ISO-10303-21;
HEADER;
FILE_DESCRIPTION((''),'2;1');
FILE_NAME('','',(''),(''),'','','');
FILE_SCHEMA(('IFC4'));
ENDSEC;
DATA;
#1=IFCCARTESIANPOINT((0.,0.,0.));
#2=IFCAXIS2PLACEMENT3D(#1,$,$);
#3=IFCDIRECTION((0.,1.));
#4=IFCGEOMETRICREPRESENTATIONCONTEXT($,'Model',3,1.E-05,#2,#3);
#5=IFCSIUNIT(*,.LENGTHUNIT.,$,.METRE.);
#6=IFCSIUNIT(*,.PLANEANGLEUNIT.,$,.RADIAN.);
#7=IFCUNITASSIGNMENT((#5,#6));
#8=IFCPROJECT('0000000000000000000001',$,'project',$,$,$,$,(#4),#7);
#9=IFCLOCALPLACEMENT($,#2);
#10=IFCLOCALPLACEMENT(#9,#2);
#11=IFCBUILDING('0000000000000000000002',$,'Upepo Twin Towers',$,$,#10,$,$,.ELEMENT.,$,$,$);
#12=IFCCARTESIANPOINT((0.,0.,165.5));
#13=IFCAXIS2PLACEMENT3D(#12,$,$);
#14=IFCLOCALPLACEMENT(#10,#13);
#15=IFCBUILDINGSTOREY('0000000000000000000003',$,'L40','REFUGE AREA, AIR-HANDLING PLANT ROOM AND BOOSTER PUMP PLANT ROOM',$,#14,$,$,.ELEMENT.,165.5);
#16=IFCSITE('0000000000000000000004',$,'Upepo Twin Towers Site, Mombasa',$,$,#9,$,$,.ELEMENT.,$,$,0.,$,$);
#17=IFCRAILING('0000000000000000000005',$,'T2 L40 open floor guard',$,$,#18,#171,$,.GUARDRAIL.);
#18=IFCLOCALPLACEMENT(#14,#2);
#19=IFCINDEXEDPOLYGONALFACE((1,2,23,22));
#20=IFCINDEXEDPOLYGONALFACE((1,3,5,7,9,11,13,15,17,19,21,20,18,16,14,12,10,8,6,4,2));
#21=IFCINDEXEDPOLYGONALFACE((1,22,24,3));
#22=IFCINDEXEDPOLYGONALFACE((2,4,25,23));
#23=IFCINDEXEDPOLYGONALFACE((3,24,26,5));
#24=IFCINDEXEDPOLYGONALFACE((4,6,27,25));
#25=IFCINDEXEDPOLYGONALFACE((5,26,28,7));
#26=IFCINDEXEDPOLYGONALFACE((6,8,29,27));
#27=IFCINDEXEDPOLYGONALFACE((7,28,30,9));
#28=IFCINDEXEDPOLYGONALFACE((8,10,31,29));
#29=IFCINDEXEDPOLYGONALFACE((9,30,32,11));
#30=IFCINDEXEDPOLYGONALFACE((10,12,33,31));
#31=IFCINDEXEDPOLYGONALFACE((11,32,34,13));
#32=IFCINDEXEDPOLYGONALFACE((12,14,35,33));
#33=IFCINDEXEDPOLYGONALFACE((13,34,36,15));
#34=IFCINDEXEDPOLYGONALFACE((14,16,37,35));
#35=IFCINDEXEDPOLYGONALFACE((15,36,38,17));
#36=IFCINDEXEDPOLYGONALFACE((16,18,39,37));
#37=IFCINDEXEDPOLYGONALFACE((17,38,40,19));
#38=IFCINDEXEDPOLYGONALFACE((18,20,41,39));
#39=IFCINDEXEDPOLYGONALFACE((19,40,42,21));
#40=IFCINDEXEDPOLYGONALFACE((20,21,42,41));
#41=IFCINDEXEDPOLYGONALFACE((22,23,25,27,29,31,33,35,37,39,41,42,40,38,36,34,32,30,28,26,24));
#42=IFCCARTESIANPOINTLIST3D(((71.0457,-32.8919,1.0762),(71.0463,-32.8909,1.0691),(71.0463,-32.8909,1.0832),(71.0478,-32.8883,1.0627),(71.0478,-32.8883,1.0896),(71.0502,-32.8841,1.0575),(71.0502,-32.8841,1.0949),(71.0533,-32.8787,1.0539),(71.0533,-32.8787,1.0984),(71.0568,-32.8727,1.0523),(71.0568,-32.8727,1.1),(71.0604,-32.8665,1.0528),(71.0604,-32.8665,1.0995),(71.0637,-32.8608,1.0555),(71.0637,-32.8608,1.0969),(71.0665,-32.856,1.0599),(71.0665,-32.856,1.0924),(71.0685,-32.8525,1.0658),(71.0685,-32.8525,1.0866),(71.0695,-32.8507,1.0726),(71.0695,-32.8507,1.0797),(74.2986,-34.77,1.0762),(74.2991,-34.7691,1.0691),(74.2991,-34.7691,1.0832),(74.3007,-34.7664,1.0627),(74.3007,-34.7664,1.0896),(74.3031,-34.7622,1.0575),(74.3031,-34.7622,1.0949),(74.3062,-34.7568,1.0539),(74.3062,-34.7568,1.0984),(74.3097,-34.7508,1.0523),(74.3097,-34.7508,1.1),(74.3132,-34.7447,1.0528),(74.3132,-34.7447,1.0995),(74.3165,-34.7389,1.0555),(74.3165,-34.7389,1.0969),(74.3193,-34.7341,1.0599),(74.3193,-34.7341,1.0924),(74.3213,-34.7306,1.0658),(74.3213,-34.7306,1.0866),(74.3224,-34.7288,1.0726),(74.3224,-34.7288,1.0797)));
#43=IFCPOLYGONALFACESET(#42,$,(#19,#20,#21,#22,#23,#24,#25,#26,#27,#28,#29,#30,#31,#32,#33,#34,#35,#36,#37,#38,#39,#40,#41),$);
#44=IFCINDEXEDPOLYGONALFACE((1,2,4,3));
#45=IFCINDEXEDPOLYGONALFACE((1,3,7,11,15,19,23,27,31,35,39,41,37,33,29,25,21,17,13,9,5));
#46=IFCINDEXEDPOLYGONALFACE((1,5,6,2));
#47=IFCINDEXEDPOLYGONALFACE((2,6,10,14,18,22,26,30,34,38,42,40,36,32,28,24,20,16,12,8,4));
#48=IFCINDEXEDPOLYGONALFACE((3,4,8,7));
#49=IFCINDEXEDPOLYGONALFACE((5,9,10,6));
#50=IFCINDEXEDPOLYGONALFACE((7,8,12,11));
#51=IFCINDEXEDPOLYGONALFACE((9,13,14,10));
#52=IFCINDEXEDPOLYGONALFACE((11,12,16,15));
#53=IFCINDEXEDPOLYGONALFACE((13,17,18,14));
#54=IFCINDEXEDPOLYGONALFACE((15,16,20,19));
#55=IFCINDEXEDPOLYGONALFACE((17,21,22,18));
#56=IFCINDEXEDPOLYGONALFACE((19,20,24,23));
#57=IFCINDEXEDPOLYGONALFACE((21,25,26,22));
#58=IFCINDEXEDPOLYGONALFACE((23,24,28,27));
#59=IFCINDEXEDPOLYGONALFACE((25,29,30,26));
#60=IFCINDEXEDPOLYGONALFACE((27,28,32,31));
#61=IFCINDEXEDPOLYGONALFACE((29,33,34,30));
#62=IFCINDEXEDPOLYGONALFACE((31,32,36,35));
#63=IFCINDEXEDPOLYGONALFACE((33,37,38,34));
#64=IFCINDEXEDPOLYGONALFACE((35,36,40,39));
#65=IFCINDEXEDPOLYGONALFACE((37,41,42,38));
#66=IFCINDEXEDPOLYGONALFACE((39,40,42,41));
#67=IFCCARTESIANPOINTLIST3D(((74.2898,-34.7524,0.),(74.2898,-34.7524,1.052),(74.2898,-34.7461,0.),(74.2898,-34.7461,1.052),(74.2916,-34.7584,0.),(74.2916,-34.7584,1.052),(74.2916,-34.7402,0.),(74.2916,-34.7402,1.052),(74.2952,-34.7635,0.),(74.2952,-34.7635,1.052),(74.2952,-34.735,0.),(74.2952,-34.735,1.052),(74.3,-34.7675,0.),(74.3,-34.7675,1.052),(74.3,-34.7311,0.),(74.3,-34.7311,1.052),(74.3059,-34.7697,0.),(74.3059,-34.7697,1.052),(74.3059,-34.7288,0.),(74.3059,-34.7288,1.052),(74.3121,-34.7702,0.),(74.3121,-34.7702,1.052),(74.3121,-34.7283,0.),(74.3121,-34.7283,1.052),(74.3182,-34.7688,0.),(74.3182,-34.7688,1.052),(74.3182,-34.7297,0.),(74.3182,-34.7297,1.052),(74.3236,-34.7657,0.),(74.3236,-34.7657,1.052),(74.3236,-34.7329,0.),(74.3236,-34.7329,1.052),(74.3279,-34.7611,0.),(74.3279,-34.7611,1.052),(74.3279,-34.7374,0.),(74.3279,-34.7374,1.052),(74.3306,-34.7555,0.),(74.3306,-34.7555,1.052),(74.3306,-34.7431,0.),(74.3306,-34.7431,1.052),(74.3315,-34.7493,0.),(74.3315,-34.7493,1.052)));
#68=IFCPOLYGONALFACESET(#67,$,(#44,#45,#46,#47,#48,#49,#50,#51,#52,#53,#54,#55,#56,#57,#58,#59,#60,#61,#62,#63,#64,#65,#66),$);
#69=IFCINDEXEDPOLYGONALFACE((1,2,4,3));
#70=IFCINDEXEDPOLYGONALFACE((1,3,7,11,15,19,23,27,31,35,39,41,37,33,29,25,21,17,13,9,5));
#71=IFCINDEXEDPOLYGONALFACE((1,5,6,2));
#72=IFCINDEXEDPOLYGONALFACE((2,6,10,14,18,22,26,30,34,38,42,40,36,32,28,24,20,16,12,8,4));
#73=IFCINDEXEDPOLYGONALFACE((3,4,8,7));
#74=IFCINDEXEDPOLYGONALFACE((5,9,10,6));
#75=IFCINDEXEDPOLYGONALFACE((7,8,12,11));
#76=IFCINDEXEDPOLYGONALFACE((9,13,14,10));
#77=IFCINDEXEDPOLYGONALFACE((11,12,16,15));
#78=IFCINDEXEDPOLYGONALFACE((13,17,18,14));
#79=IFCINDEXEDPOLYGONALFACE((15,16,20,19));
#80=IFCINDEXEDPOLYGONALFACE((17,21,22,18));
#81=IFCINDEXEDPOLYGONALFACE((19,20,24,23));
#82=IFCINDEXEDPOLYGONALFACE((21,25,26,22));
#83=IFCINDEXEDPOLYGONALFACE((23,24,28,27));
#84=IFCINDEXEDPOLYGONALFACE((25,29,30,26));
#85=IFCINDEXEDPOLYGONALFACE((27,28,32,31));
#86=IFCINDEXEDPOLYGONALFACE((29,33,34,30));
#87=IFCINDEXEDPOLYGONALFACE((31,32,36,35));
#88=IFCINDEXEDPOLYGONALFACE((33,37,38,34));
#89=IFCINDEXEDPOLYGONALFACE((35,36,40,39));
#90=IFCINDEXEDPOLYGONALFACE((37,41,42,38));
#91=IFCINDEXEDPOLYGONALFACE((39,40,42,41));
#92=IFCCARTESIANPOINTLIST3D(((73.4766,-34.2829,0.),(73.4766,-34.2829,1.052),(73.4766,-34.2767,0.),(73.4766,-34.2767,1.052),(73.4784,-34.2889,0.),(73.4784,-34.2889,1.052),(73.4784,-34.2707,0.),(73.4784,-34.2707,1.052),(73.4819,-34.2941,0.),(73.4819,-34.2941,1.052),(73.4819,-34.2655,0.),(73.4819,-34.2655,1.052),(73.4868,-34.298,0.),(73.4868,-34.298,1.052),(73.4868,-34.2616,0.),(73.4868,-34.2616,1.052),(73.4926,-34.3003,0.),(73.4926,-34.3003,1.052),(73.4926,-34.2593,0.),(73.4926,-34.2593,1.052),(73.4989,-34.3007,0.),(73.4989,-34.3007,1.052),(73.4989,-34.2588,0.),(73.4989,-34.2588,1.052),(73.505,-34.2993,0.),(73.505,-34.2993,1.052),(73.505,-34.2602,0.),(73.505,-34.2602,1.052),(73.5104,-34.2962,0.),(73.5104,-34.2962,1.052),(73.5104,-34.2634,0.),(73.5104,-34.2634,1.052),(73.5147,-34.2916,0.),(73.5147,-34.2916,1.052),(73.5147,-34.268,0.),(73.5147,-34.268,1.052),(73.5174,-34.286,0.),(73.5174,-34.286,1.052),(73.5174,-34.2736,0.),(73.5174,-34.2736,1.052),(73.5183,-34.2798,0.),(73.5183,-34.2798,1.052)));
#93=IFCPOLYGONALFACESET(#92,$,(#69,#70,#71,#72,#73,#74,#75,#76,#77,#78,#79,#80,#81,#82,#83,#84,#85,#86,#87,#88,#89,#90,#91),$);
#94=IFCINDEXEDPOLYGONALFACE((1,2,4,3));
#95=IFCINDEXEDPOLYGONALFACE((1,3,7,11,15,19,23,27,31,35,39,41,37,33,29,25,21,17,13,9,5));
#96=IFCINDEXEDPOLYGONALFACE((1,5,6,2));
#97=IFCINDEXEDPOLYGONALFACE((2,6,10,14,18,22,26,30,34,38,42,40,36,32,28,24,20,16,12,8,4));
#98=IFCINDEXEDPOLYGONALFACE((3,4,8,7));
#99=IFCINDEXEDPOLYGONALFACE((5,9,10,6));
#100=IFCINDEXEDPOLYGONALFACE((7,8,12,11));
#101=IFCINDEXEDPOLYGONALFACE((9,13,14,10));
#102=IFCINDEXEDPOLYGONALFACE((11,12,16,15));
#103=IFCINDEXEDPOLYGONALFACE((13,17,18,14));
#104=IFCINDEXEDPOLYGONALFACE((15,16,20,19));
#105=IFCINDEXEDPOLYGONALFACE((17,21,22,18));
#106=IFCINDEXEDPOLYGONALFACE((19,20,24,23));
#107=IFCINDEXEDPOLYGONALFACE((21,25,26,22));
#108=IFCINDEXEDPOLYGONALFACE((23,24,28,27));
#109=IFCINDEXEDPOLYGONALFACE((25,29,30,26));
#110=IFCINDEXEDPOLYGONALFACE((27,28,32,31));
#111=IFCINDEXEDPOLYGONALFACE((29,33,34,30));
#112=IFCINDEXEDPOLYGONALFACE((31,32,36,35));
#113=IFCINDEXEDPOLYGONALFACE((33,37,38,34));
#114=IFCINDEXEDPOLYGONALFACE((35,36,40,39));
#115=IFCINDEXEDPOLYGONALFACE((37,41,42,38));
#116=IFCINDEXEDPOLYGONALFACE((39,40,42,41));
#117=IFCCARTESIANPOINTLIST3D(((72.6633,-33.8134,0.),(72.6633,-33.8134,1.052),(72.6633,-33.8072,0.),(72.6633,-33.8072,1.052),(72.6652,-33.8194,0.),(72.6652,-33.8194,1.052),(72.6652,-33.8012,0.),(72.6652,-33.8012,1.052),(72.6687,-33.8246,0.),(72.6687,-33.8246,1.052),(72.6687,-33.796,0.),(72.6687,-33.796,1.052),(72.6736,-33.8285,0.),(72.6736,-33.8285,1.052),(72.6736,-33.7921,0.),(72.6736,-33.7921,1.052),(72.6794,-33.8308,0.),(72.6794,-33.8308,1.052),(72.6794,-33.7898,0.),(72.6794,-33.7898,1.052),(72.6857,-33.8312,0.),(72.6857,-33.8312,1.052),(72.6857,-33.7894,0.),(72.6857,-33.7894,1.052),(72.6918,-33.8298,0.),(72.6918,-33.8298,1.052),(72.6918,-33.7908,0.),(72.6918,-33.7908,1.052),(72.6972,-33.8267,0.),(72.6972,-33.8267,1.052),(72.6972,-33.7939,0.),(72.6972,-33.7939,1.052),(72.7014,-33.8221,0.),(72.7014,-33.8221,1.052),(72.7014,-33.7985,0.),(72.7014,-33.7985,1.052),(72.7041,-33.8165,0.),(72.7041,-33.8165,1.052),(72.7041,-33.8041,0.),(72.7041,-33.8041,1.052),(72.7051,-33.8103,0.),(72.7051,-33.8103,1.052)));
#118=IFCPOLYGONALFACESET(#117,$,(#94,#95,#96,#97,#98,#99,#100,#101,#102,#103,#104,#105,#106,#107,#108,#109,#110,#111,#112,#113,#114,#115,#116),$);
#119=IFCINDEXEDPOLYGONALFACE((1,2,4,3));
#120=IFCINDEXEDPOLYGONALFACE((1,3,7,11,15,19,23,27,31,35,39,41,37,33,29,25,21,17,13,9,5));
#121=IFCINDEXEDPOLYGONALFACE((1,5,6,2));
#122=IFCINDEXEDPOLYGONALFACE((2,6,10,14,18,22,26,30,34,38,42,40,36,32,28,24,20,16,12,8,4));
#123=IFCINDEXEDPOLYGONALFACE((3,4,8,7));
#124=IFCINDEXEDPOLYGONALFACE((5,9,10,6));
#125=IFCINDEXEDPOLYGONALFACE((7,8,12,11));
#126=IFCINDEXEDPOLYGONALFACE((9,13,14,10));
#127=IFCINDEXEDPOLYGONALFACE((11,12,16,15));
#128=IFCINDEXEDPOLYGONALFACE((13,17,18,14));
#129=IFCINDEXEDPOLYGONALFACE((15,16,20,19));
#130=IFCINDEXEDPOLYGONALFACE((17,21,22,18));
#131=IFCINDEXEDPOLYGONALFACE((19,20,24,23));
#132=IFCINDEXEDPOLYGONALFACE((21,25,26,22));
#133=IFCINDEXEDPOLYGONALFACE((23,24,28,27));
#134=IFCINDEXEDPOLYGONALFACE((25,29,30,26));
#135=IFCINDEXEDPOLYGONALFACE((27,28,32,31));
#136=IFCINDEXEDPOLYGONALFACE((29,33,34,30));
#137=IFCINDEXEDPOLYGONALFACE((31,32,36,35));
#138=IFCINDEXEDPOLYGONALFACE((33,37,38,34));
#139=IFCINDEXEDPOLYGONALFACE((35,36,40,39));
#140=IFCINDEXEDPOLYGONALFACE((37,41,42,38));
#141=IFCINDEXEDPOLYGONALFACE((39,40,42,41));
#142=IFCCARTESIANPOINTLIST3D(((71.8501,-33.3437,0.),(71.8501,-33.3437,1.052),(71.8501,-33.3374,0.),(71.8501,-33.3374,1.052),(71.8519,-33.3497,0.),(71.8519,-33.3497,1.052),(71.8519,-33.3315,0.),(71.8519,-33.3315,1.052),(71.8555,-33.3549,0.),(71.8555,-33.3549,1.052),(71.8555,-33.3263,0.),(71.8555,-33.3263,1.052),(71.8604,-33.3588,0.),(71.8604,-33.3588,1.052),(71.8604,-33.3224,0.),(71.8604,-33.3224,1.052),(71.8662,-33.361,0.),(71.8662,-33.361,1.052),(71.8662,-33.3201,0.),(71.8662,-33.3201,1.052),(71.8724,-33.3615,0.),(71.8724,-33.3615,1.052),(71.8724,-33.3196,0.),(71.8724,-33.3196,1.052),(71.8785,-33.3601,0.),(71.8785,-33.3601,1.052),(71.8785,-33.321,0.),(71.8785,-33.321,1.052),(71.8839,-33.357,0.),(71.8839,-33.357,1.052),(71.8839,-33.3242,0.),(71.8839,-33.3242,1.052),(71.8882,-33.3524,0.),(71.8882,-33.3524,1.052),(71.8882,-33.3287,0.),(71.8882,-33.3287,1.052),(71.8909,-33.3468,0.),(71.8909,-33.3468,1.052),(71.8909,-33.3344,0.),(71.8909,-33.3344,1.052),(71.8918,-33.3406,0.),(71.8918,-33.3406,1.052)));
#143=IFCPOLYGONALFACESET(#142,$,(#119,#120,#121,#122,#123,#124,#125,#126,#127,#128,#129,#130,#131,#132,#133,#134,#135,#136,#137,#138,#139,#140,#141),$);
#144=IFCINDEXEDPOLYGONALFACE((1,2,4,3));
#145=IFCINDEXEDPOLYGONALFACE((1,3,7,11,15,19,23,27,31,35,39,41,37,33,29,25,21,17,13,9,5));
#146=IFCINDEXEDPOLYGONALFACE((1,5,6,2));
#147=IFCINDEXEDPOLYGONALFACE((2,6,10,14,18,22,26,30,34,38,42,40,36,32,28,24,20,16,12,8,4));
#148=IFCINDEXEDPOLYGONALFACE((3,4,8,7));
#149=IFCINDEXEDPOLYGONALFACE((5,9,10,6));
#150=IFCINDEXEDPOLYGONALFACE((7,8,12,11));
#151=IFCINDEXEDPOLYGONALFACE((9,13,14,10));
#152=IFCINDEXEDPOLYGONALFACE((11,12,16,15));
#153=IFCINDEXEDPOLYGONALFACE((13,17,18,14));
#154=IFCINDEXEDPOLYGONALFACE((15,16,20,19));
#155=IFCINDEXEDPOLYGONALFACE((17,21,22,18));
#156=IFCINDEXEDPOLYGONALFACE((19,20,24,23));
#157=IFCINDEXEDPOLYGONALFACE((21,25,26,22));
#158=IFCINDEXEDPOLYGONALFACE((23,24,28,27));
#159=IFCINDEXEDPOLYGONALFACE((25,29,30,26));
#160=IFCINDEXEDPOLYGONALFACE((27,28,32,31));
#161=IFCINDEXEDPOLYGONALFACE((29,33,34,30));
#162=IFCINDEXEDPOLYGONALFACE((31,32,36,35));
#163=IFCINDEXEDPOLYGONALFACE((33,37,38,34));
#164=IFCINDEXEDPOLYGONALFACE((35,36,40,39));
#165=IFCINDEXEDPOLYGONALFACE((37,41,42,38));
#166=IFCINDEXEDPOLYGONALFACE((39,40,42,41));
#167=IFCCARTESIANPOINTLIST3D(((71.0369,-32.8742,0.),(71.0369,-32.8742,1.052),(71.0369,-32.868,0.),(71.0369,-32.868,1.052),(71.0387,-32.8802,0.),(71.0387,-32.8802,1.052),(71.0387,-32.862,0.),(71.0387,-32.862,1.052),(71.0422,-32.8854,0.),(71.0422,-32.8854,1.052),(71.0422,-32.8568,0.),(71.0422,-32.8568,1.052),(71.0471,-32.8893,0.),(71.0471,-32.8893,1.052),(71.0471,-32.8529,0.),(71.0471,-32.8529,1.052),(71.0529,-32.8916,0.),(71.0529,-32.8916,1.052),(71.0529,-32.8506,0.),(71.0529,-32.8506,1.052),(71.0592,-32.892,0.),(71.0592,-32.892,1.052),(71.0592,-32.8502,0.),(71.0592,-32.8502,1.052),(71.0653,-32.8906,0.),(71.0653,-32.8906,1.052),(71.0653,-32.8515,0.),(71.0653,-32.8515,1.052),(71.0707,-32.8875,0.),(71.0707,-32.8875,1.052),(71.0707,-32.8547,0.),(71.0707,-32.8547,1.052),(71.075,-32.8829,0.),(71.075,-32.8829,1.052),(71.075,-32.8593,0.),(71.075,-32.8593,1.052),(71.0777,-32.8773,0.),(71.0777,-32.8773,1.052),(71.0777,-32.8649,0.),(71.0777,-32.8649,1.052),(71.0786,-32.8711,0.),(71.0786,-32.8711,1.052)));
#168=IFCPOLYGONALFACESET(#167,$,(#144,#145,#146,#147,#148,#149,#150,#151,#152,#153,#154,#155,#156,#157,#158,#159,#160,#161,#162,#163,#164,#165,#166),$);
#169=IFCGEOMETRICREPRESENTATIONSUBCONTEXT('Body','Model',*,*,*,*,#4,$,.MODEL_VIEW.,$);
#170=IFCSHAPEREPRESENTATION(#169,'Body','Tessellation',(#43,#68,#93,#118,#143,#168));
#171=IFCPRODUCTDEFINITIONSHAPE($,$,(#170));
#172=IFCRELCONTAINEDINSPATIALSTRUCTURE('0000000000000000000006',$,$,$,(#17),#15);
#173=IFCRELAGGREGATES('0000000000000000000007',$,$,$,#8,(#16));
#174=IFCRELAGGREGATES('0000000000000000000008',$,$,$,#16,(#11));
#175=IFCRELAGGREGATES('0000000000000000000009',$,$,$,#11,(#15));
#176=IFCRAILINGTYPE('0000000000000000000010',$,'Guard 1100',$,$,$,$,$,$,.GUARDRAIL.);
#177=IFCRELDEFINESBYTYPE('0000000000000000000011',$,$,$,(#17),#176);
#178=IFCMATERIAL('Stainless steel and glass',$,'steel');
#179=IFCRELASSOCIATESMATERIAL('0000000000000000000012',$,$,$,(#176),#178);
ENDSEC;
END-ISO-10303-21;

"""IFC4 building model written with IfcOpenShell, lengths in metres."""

from ifc_helpers import new_model, si_unit, direction, frame, origin, origin_2d, place, context, subcontext, project, spatial, circle, extrude, material, type_object, element, save


model = new_model("IFC4")

# Units and contexts
model_context = context("Model", 3, precision=1e-05, world=origin(), true_north=direction((0.0, 1.0)))
body_context = subcontext(model_context, "Body", "Model", "MODEL_VIEW")
ifc_project = project(units=[si_unit("LENGTHUNIT", "METRE"), si_unit("PLANEANGLEUNIT", "RADIAN")], contexts=[model_context])

# Site, building, storey
site_placement = place(None, origin())
site = spatial("IfcSite", under=ifc_project, at=site_placement, Name="Upepo Twin Towers Site, Mombasa", CompositionType="ELEMENT", RefElevation=0.0)
building_placement = place(site_placement, origin())
building = spatial("IfcBuilding", under=site, at=building_placement, Name="Upepo Twin Towers", CompositionType="ELEMENT")
storey_placement = place(building_placement, frame((0.0, 0.0, 165.5)))
storey = spatial("IfcBuildingStorey", under=building, at=storey_placement, Name="L40", Description="REFUGE AREA, AIR-HANDLING PLANT ROOM AND BOOSTER PUMP PLANT ROOM", CompositionType="ELEMENT", Elevation=165.5)

# Railing
ifc_material_1 = material(Name="Stainless steel and glass", Category="steel")
railing_type_1 = type_object("IfcRailingType", Name="Guard 1100", PredefinedType="GUARDRAIL", material=ifc_material_1)
railing_1_placement = place(storey_placement, frame((74.3105, -34.7493, 0.0)))
element("IfcRailing", 1, at=railing_1_placement, inside=storey, type_object=railing_type_1, Name="T2 L40 open floor guard", PredefinedType="GUARDRAIL", context=body_context, shape_type="SweptSolid", body=[
    extrude(circle(Radius=0.0239, at=origin_2d()), frame((0.0, 0.0, 1.0762), z_axis=(-0.866015, 0.500019, 0.0), x_axis=(-0.500019, -0.866015, 0.0)), (0.0, 0.0, 1.0), 3.7561),
    extrude(circle(Radius=0.021, at=origin_2d()), origin(), (0.0, 0.0, 1.0), 1.052),
    extrude(circle(Radius=0.021, at=origin_2d()), frame((-0.8132, 0.4695, 0.0)), (0.0, 0.0, 1.0), 1.052),
    extrude(circle(Radius=0.021, at=origin_2d()), frame((-1.6265, 0.939, 0.0)), (0.0, 0.0, 1.0), 1.052),
    extrude(circle(Radius=0.021, at=origin_2d()), frame((-2.4397, 1.4087, 0.0)), (0.0, 0.0, 1.0), 1.052),
    extrude(circle(Radius=0.021, at=origin_2d()), frame((-3.2529, 1.8782, 0.0)), (0.0, 0.0, 1.0), 1.052),
])

save(model, "model.ifc")
